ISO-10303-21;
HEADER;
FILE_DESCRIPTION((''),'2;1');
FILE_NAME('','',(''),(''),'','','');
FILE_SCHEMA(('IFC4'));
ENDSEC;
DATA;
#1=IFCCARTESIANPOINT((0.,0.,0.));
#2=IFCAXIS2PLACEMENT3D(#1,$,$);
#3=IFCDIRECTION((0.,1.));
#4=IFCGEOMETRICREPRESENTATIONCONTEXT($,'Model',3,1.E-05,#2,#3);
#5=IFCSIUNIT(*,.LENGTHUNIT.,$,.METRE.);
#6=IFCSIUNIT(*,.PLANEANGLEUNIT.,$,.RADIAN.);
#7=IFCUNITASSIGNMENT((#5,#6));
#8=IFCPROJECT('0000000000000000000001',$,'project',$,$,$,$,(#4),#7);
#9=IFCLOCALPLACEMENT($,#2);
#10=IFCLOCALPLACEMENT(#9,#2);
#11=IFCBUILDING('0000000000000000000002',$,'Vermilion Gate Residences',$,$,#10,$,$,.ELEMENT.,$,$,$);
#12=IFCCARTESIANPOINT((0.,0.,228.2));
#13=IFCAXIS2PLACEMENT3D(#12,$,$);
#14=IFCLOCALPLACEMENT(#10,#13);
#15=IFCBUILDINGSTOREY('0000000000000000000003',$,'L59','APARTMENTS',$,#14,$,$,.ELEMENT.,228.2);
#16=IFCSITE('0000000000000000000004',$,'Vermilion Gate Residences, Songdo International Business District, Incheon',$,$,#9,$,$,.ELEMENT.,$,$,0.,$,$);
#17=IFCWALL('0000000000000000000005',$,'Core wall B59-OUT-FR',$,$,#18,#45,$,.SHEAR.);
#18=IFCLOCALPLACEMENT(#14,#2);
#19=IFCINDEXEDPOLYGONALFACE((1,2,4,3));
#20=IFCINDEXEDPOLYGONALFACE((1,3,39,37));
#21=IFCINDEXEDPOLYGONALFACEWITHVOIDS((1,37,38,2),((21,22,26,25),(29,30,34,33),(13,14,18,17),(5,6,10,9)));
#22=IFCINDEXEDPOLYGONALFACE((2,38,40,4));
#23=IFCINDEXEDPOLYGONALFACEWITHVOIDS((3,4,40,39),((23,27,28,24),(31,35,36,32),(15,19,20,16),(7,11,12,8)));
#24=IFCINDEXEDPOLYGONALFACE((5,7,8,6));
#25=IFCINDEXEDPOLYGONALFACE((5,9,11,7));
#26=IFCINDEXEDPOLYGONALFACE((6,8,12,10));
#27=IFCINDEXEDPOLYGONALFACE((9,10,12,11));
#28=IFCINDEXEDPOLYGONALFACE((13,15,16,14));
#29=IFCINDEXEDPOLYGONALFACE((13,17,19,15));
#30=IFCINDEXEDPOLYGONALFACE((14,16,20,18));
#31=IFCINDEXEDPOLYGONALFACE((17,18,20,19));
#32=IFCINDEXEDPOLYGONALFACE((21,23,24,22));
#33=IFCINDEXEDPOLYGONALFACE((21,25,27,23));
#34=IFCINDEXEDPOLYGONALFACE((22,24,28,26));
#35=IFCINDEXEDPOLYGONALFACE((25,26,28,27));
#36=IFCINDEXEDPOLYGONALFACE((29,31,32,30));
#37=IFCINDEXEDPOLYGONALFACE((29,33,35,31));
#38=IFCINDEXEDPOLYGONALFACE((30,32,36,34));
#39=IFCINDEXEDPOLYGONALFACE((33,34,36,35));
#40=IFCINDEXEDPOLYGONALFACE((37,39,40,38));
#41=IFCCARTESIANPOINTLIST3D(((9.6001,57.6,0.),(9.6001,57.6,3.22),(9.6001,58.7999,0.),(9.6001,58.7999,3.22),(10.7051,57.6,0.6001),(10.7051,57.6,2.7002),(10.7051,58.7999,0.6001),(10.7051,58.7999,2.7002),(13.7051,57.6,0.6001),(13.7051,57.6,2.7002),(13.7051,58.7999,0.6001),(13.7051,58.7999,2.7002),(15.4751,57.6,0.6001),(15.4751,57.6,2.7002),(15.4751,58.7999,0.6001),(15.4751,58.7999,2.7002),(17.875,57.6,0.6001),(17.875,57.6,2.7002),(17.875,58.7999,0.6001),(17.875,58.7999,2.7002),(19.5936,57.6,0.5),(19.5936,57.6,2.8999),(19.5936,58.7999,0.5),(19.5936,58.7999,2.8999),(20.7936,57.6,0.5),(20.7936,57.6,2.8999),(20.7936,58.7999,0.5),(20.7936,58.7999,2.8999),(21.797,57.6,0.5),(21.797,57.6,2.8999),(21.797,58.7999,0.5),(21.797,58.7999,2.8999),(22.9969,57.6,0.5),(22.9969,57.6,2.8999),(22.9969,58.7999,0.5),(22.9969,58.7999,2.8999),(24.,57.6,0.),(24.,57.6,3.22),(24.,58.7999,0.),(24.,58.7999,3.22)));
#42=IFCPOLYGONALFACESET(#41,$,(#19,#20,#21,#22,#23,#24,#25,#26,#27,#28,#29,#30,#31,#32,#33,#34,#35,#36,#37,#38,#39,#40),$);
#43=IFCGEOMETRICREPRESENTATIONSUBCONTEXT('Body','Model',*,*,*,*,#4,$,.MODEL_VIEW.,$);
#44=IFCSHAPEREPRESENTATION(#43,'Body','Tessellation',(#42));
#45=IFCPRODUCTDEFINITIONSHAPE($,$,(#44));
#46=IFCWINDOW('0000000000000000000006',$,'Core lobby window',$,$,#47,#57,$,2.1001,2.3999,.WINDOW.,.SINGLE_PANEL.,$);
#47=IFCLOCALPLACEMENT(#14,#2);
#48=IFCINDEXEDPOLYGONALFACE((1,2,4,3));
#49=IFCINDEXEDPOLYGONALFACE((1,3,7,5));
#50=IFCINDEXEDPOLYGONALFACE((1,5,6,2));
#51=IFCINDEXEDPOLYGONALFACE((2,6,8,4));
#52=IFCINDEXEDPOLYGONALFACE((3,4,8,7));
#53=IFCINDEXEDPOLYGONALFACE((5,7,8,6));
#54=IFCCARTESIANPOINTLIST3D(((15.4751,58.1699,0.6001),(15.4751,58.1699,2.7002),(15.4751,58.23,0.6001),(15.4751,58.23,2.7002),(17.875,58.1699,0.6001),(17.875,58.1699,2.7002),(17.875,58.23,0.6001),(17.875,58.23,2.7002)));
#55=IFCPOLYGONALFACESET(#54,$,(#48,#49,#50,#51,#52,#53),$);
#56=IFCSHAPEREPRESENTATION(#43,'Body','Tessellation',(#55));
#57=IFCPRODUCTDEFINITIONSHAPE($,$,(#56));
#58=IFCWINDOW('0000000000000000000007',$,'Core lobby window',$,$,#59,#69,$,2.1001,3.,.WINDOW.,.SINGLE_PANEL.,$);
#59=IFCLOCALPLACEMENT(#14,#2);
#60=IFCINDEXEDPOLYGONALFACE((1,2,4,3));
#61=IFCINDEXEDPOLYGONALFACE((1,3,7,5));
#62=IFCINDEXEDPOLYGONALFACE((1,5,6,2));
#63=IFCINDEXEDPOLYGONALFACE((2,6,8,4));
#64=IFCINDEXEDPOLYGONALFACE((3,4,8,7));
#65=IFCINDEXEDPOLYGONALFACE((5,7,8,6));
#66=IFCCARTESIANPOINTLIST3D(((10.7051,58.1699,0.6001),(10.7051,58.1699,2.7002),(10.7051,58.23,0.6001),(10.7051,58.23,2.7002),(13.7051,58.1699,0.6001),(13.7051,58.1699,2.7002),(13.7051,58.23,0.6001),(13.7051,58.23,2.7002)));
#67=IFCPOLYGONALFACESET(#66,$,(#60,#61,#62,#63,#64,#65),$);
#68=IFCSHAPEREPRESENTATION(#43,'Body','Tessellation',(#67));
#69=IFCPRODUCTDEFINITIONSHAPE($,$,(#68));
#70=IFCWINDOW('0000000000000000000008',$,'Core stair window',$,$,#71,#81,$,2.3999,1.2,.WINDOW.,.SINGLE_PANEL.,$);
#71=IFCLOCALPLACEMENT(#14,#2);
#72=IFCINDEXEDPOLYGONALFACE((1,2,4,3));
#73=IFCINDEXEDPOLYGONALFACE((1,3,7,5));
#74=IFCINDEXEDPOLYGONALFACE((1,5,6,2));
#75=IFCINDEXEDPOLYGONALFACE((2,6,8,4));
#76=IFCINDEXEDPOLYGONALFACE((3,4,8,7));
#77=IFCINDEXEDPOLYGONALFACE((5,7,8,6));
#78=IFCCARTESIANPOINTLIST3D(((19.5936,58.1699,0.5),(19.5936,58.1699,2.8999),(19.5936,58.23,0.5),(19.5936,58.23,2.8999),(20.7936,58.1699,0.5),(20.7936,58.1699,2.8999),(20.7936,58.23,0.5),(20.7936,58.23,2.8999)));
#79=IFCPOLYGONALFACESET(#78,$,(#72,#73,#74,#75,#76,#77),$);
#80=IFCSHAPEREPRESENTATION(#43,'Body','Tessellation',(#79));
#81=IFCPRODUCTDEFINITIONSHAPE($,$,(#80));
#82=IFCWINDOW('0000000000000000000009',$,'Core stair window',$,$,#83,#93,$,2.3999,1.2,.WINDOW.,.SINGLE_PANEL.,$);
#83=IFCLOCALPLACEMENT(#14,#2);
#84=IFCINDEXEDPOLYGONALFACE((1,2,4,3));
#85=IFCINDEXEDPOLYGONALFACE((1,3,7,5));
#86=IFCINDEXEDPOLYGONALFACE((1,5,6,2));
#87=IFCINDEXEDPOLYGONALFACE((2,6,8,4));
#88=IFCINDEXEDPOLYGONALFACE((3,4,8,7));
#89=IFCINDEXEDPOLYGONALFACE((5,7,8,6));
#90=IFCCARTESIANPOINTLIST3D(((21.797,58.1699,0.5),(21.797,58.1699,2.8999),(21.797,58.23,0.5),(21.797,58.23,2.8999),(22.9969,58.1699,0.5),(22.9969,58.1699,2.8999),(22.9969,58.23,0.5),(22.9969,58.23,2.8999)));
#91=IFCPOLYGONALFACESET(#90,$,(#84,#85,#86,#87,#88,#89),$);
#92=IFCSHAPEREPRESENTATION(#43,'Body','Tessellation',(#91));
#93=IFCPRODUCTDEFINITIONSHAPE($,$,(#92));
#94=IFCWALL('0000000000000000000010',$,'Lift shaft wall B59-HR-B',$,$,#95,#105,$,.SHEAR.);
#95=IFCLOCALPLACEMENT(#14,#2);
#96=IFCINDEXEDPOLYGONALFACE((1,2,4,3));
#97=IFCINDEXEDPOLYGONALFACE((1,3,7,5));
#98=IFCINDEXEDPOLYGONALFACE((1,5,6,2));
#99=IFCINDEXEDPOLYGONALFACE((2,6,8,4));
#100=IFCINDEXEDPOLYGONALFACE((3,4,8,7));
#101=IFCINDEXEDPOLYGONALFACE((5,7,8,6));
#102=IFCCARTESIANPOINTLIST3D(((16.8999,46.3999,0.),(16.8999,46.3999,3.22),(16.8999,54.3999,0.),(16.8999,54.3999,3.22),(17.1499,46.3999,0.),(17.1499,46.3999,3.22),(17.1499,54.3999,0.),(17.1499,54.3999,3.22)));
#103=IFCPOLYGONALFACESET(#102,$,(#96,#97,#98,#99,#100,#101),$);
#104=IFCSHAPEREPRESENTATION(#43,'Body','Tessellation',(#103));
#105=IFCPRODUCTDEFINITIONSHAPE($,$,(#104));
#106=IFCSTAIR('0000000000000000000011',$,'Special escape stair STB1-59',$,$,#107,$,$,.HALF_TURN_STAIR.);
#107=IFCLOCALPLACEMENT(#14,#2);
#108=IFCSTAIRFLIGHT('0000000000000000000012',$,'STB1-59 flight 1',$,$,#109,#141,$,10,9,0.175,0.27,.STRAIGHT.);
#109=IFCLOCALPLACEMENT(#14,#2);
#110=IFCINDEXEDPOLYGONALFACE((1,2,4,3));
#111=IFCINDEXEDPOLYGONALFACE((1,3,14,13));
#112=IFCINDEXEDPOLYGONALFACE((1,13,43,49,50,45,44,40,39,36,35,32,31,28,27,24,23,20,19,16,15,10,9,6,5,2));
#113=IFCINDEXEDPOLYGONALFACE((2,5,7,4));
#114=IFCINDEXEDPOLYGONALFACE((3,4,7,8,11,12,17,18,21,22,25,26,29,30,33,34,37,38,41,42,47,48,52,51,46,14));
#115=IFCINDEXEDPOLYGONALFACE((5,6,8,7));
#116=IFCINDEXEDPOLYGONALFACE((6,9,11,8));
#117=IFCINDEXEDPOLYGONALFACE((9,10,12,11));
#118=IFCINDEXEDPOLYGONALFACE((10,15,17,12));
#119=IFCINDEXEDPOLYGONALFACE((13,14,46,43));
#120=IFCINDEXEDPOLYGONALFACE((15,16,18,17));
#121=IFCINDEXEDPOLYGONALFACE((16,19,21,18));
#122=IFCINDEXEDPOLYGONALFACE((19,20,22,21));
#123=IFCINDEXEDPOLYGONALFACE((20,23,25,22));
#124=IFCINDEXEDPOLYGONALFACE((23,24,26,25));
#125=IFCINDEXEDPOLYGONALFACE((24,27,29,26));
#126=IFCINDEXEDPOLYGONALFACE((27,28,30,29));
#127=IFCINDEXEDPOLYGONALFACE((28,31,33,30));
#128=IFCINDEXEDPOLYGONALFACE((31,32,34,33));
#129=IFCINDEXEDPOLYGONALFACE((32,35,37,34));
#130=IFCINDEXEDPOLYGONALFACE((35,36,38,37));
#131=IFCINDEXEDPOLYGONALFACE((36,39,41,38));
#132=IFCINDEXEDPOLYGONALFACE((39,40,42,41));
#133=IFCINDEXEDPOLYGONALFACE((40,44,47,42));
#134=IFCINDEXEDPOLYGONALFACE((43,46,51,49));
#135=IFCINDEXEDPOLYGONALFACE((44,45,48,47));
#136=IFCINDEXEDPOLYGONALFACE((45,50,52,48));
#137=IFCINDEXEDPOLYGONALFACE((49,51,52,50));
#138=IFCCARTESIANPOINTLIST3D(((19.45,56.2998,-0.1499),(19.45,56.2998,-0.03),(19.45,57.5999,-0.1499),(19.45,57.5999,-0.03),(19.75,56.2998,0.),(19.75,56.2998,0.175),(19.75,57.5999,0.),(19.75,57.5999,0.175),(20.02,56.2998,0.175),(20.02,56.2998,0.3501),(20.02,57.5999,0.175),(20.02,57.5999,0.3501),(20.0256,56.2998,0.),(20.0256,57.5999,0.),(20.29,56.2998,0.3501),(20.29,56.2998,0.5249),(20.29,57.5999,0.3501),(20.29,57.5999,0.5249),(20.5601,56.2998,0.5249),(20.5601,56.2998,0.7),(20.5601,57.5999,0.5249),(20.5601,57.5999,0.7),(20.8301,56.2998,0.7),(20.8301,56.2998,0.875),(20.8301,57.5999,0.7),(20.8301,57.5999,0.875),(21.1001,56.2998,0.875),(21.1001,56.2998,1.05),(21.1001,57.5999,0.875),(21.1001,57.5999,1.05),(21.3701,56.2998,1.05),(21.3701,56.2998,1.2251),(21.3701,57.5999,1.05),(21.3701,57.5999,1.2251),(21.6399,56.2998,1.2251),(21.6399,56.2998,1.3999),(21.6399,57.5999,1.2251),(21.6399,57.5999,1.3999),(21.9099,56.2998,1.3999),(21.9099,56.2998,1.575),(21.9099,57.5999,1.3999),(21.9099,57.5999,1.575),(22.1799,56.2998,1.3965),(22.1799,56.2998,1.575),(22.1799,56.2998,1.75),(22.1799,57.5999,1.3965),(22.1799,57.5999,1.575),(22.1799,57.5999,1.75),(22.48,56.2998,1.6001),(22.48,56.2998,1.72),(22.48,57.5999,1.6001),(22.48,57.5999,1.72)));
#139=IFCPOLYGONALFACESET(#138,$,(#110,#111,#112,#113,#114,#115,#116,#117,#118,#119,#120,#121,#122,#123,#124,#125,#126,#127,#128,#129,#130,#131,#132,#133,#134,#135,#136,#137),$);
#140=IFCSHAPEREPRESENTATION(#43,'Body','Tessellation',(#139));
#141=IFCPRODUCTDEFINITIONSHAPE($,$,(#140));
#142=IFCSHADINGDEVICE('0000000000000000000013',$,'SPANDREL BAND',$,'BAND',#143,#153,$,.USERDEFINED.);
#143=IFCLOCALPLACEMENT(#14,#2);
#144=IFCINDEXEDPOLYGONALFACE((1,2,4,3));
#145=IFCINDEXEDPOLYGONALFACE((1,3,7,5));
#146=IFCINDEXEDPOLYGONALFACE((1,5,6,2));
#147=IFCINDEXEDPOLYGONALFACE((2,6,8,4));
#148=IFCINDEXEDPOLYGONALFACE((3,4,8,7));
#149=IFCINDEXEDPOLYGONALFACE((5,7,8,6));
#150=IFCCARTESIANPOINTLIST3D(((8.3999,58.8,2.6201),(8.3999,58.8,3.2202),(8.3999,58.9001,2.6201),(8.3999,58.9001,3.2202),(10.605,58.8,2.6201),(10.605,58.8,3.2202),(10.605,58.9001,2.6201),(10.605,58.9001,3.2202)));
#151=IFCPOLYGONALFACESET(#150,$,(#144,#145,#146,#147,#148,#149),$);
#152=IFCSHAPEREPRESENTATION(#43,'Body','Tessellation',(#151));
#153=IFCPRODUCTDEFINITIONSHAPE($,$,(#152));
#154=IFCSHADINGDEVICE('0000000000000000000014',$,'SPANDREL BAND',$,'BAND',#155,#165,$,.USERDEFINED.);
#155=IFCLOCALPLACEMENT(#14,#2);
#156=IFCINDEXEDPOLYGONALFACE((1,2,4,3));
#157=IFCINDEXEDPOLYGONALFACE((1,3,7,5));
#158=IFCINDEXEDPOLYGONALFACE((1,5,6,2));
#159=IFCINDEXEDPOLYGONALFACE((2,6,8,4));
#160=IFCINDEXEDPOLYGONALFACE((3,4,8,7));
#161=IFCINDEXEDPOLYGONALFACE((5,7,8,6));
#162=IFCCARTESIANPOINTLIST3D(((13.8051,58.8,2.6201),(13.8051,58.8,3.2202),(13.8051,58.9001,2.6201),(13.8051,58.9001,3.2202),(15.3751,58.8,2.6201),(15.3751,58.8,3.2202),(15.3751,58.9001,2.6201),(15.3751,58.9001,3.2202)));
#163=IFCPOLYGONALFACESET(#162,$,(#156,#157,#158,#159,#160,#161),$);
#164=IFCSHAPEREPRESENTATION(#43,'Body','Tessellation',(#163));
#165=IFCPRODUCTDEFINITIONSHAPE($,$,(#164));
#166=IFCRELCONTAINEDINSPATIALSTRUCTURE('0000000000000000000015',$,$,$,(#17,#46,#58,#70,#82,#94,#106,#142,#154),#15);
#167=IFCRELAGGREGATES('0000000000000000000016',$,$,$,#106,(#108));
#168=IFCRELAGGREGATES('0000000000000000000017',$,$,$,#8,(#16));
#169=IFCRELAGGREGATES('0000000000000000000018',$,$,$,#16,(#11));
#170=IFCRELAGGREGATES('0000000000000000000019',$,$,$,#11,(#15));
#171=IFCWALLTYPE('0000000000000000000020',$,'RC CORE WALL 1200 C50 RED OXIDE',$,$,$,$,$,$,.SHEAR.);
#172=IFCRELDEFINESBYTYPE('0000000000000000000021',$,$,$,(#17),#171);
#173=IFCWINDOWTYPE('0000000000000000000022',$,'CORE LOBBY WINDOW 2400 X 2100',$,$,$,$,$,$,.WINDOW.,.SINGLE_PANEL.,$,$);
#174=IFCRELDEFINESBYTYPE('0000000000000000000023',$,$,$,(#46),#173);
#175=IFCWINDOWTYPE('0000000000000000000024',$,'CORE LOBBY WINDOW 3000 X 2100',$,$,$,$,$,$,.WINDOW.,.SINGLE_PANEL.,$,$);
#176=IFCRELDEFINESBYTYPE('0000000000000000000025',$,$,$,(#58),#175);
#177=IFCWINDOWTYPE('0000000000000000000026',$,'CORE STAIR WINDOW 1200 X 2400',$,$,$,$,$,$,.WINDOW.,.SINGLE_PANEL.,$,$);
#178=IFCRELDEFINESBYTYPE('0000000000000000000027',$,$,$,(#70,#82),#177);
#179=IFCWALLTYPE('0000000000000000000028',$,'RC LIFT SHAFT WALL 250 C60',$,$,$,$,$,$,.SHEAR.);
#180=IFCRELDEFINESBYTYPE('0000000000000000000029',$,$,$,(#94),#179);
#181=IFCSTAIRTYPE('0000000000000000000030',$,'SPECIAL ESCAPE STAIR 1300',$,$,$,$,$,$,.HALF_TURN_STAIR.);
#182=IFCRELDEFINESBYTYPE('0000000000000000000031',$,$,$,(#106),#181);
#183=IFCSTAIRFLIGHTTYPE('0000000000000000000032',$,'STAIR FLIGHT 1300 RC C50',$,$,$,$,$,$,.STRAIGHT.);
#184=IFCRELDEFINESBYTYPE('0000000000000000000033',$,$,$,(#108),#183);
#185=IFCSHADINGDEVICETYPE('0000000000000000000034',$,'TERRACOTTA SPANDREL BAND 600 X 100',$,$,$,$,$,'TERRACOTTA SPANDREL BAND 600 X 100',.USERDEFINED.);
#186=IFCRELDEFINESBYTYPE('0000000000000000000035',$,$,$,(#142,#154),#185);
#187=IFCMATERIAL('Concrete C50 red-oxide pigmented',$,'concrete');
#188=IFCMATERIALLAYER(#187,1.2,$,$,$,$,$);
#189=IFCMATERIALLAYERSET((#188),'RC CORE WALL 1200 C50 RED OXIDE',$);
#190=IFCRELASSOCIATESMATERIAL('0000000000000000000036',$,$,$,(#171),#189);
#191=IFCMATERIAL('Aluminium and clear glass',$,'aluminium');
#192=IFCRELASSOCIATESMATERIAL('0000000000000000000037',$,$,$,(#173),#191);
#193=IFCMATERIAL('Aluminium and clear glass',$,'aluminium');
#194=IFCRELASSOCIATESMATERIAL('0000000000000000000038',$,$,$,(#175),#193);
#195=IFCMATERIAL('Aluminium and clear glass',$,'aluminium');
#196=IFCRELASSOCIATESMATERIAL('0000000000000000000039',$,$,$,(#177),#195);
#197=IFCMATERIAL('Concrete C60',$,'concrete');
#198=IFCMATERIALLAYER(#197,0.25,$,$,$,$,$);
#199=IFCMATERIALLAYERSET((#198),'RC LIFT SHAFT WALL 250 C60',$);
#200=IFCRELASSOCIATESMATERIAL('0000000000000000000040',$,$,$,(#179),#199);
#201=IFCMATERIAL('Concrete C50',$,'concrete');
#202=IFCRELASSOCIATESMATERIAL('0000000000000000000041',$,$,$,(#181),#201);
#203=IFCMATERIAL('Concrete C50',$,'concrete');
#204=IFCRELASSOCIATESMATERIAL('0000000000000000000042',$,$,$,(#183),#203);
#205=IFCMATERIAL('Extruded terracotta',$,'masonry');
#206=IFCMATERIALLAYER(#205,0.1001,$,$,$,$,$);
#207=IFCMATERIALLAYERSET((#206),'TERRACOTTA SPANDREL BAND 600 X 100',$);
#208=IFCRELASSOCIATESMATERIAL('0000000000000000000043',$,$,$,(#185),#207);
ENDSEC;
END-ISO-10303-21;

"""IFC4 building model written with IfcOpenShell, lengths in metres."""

from ifc_helpers import new_model, si_unit, direction, frame, frame_2d, origin, origin_2d, place, context, subcontext, project, spatial, polyline, rectangle, outline, extrude, material, layer, layer_set, type_object, element, fill, aggregate, save


model = new_model("IFC4")

# Units and contexts
model_context = context("Model", 3, precision=1e-05, world=origin(), true_north=direction((0.0, 1.0)))
body_context = subcontext(model_context, "Body", "Model", "MODEL_VIEW")
ifc_project = project(units=[si_unit("LENGTHUNIT", "METRE"), si_unit("PLANEANGLEUNIT", "RADIAN")], contexts=[model_context])

# Site, building, storey
site_placement = place(None, origin())
site = spatial("IfcSite", under=ifc_project, at=site_placement, Name="Vermilion Gate Residences, Songdo International Business District, Incheon", CompositionType="ELEMENT", RefElevation=0.0)
building_placement = place(site_placement, origin())
building = spatial("IfcBuilding", under=site, at=building_placement, Name="Vermilion Gate Residences", CompositionType="ELEMENT")
storey_placement = place(building_placement, frame((0.0, 0.0, 228.2)))
storey = spatial("IfcBuildingStorey", under=building, at=storey_placement, Name="L59", Description="APARTMENTS", CompositionType="ELEMENT", Elevation=228.2)

# Wall, openings, windows
ifc_material_1 = material(Name="Concrete C50 red-oxide pigmented", Category="concrete")
ifc_layer_1 = layer(ifc_material_1, 1.2)
ifc_layer_set_1 = layer_set([ifc_layer_1], Name="RC CORE WALL 1200 C50 RED OXIDE")
wall_type_1 = type_object("IfcWallType", Name="RC CORE WALL 1200 C50 RED OXIDE", PredefinedType="SHEAR", material=ifc_layer_set_1)
ifc_material_2 = material(Name="Aluminium and clear glass", Category="aluminium")
window_type_1 = type_object("IfcWindowType", Name="CORE LOBBY WINDOW 2400 X 2100", PartitioningType="SINGLE_PANEL", PredefinedType="WINDOW", material=ifc_material_2)
wall_1_placement = place(storey_placement, frame((9.6001, 58.2, 0.0), z_axis=(0.0, 0.0, 1.0), x_axis=(1.0, 0.0, 0.0)))
wall_1 = element("IfcWall", 1, at=wall_1_placement, inside=storey, type_object=wall_type_1, Name="Core wall B59-OUT-FR", PredefinedType="SHEAR", context=body_context, shape_type="SweptSolid", body=[
    extrude(rectangle(XDim=14.3999, YDim=1.2, at=frame_2d((7.2, 0.0))), origin(), (0.0, 0.0, 1.0), 3.22),
])
opening_1_placement = place(wall_1_placement, frame((1.105, 0.0, 0.6001)))
opening_1 = element("IfcOpeningElement", 2, at=opening_1_placement, cuts=wall_1, PredefinedType="OPENING", context=body_context, shape_type="SweptSolid", body=[
    extrude(rectangle(XDim=3.0, YDim=2.1001, at=frame_2d((1.5, 1.05))), frame((0.0, 0.6099, 0.0), z_axis=(0.0, -1.0, 0.0), x_axis=(1.0, 0.0, 0.0)), (0.0, 0.0, 1.0), 1.22),
])
opening_2_placement = place(wall_1_placement, frame((5.875, 0.0, 0.6001)))
opening_2 = element("IfcOpeningElement", 3, at=opening_2_placement, cuts=wall_1, PredefinedType="OPENING", context=body_context, shape_type="SweptSolid", body=[
    extrude(rectangle(XDim=2.3999, YDim=2.1001, at=frame_2d((1.2, 1.05))), frame((0.0, 0.6099, 0.0), z_axis=(0.0, -1.0, 0.0), x_axis=(1.0, 0.0, 0.0)), (0.0, 0.0, 1.0), 1.22),
])
opening_3_placement = place(wall_1_placement, frame((9.9934, 0.0, 0.5)))
opening_3 = element("IfcOpeningElement", 4, at=opening_3_placement, cuts=wall_1, PredefinedType="OPENING", context=body_context, shape_type="SweptSolid", body=[
    extrude(rectangle(XDim=1.2, YDim=2.3999, at=frame_2d((0.6001, 1.2))), frame((0.0, 0.6099, 0.0), z_axis=(0.0, -1.0, 0.0), x_axis=(1.0, 0.0, 0.0)), (0.0, 0.0, 1.0), 1.22),
])
opening_4_placement = place(wall_1_placement, frame((12.1968, 0.0, 0.5)))
opening_4 = element("IfcOpeningElement", 5, at=opening_4_placement, cuts=wall_1, PredefinedType="OPENING", context=body_context, shape_type="SweptSolid", body=[
    extrude(rectangle(XDim=1.2, YDim=2.3999, at=frame_2d((0.6001, 1.2))), frame((0.0, 0.6099, 0.0), z_axis=(0.0, -1.0, 0.0), x_axis=(1.0, 0.0, 0.0)), (0.0, 0.0, 1.0), 1.22),
])
window_1_placement = place(opening_2_placement, origin())
window_1 = element("IfcWindow", 6, at=window_1_placement, inside=storey, type_object=window_type_1, Name="Core lobby window", OverallHeight=2.1001, OverallWidth=2.3999, PartitioningType="SINGLE_PANEL", PredefinedType="WINDOW", context=body_context, shape_type="SweptSolid", body=[
    extrude(rectangle(XDim=2.3999, YDim=2.1001, at=frame_2d((1.2, 1.05))), frame((0.0, 0.03, 0.0), z_axis=(0.0, -1.0, 0.0), x_axis=(1.0, 0.0, 0.0)), (0.0, 0.0, 1.0), 0.0601),
])
fill(opening_2, window_1)
ifc_material_3 = material(Name="Aluminium and clear glass", Category="aluminium")
window_type_2 = type_object("IfcWindowType", Name="CORE LOBBY WINDOW 3000 X 2100", PartitioningType="SINGLE_PANEL", PredefinedType="WINDOW", material=ifc_material_3)
window_2_placement = place(opening_1_placement, origin())
window_2 = element("IfcWindow", 7, at=window_2_placement, inside=storey, type_object=window_type_2, Name="Core lobby window", OverallHeight=2.1001, OverallWidth=3.0, PartitioningType="SINGLE_PANEL", PredefinedType="WINDOW", context=body_context, shape_type="SweptSolid", body=[
    extrude(rectangle(XDim=3.0, YDim=2.1001, at=frame_2d((1.5, 1.05))), frame((0.0, 0.03, 0.0), z_axis=(0.0, -1.0, 0.0), x_axis=(1.0, 0.0, 0.0)), (0.0, 0.0, 1.0), 0.0601),
])
fill(opening_1, window_2)
ifc_material_4 = material(Name="Aluminium and clear glass", Category="aluminium")
window_type_3 = type_object("IfcWindowType", Name="CORE STAIR WINDOW 1200 X 2400", PartitioningType="SINGLE_PANEL", PredefinedType="WINDOW", material=ifc_material_4)
window_3_placement = place(opening_3_placement, origin())
window_3 = element("IfcWindow", 8, at=window_3_placement, inside=storey, type_object=window_type_3, Name="Core stair window", OverallHeight=2.3999, OverallWidth=1.2, PartitioningType="SINGLE_PANEL", PredefinedType="WINDOW", context=body_context, shape_type="SweptSolid", body=[
    extrude(rectangle(XDim=1.2, YDim=2.3999, at=frame_2d((0.6001, 1.2))), frame((0.0, 0.03, 0.0), z_axis=(0.0, -1.0, 0.0), x_axis=(1.0, 0.0, 0.0)), (0.0, 0.0, 1.0), 0.0601),
])
fill(opening_3, window_3)
window_4_placement = place(opening_4_placement, origin())
window_4 = element("IfcWindow", 9, at=window_4_placement, inside=storey, type_object=window_type_3, Name="Core stair window", OverallHeight=2.3999, OverallWidth=1.2, PartitioningType="SINGLE_PANEL", PredefinedType="WINDOW", context=body_context, shape_type="SweptSolid", body=[
    extrude(rectangle(XDim=1.2, YDim=2.3999, at=frame_2d((0.6001, 1.2))), frame((0.0, 0.03, 0.0), z_axis=(0.0, -1.0, 0.0), x_axis=(1.0, 0.0, 0.0)), (0.0, 0.0, 1.0), 0.0601),
])
fill(opening_4, window_4)

# Wall
ifc_material_5 = material(Name="Concrete C60", Category="concrete")
ifc_layer_2 = layer(ifc_material_5, 0.25)
ifc_layer_set_2 = layer_set([ifc_layer_2], Name="RC LIFT SHAFT WALL 250 C60")
wall_type_2 = type_object("IfcWallType", Name="RC LIFT SHAFT WALL 250 C60", PredefinedType="SHEAR", material=ifc_layer_set_2)
wall_2_placement = place(storey_placement, frame((17.0249, 54.3999, 0.0), z_axis=(0.0, 0.0, 1.0), x_axis=(0.0, -1.0, 0.0)))
element("IfcWall", 10, at=wall_2_placement, inside=storey, type_object=wall_type_2, Name="Lift shaft wall B59-HR-B", PredefinedType="SHEAR", context=body_context, shape_type="SweptSolid", body=[
    extrude(rectangle(XDim=8.0, YDim=0.25, at=frame_2d((4.0, 0.0))), origin(), (0.0, 0.0, 1.0), 3.22),
])

# Stair, stair flight
ifc_material_6 = material(Name="Concrete C50", Category="concrete")
stair_type = type_object("IfcStairType", Name="SPECIAL ESCAPE STAIR 1300", PredefinedType="HALF_TURN_STAIR", material=ifc_material_6)
stair_placement = place(storey_placement, origin())
stair = element("IfcStair", 11, at=stair_placement, inside=storey, type_object=stair_type, Name="Special escape stair STB1-59", PredefinedType="HALF_TURN_STAIR")
ifc_material_7 = material(Name="Concrete C50", Category="concrete")
stair_flight_type = type_object("IfcStairFlightType", Name="STAIR FLIGHT 1300 RC C50", PredefinedType="STRAIGHT", material=ifc_material_7)
stair_flight_placement = place(storey_placement, frame((19.75, 56.95, 0.0), z_axis=(0.0, 0.0, 1.0), x_axis=(1.0, 0.0, 0.0)))
stair_flight = element("IfcStairFlight", 12, at=stair_flight_placement, type_object=stair_flight_type, Name="STB1-59 flight 1", NumberOfRisers=10, NumberOfTreads=9, PredefinedType="STRAIGHT", RiserHeight=0.175, TreadLength=0.27, context=body_context, shape_type="SweptSolid", body=[
    extrude(outline(polyline([(-0.3, -0.1499), (-0.3, -0.03), (0.0, 0.0), (0.0, 0.175), (0.27, 0.175), (0.27, 0.3501), (0.54, 0.3501), (0.54, 0.5249), (0.8101, 0.5249), (0.8101, 0.7), (1.0801, 0.7), (1.0801, 0.875), (1.3501, 0.875), (1.3501, 1.05), (1.6201, 1.05), (1.6201, 1.2251), (1.8899, 1.2251), (1.8899, 1.3999), (2.1599, 1.3999), (2.1599, 1.575), (2.4299, 1.575), (2.4299, 1.75), (2.73, 1.72), (2.73, 1.6001), (2.4299, 1.3965), (0.2756, 0.0), (-0.3, -0.1499)])), frame((0.0, 0.6499, 0.0), z_axis=(0.0, -1.0, 0.0), x_axis=(1.0, 0.0, 0.0)), (0.0, 0.0, 1.0), 1.3),
])
aggregate(stair, [stair_flight])

# Shading devices
ifc_material_8 = material(Name="Extruded terracotta", Category="masonry")
ifc_layer_3 = layer(ifc_material_8, 0.1001)
ifc_layer_set_3 = layer_set([ifc_layer_3], Name="TERRACOTTA SPANDREL BAND 600 X 100")
shading_device_type = type_object("IfcShadingDeviceType", Name="TERRACOTTA SPANDREL BAND 600 X 100", ElementType="TERRACOTTA SPANDREL BAND 600 X 100", PredefinedType="USERDEFINED", material=ifc_layer_set_3)
shading_device_1_placement = place(storey_placement, frame((9.5024, 58.8501, 2.6201), z_axis=(0.0, 0.0, 1.0), x_axis=(1.0, 0.0, 0.0)))
element("IfcShadingDevice", 13, at=shading_device_1_placement, inside=storey, type_object=shading_device_type, Name="SPANDREL BAND", ObjectType="BAND", PredefinedType="USERDEFINED", context=body_context, shape_type="SweptSolid", body=[
    extrude(rectangle(XDim=2.2051, YDim=0.1001, at=origin_2d()), origin(), (0.0, 0.0, 1.0), 0.6001),
])
shading_device_2_placement = place(storey_placement, frame((14.5901, 58.8501, 2.6201), z_axis=(0.0, 0.0, 1.0), x_axis=(1.0, 0.0, 0.0)))
element("IfcShadingDevice", 14, at=shading_device_2_placement, inside=storey, type_object=shading_device_type, Name="SPANDREL BAND", ObjectType="BAND", PredefinedType="USERDEFINED", context=body_context, shape_type="SweptSolid", body=[
    extrude(rectangle(XDim=1.5701, YDim=0.1001, at=origin_2d()), origin(), (0.0, 0.0, 1.0), 0.6001),
])

save(model, "model.ifc")
